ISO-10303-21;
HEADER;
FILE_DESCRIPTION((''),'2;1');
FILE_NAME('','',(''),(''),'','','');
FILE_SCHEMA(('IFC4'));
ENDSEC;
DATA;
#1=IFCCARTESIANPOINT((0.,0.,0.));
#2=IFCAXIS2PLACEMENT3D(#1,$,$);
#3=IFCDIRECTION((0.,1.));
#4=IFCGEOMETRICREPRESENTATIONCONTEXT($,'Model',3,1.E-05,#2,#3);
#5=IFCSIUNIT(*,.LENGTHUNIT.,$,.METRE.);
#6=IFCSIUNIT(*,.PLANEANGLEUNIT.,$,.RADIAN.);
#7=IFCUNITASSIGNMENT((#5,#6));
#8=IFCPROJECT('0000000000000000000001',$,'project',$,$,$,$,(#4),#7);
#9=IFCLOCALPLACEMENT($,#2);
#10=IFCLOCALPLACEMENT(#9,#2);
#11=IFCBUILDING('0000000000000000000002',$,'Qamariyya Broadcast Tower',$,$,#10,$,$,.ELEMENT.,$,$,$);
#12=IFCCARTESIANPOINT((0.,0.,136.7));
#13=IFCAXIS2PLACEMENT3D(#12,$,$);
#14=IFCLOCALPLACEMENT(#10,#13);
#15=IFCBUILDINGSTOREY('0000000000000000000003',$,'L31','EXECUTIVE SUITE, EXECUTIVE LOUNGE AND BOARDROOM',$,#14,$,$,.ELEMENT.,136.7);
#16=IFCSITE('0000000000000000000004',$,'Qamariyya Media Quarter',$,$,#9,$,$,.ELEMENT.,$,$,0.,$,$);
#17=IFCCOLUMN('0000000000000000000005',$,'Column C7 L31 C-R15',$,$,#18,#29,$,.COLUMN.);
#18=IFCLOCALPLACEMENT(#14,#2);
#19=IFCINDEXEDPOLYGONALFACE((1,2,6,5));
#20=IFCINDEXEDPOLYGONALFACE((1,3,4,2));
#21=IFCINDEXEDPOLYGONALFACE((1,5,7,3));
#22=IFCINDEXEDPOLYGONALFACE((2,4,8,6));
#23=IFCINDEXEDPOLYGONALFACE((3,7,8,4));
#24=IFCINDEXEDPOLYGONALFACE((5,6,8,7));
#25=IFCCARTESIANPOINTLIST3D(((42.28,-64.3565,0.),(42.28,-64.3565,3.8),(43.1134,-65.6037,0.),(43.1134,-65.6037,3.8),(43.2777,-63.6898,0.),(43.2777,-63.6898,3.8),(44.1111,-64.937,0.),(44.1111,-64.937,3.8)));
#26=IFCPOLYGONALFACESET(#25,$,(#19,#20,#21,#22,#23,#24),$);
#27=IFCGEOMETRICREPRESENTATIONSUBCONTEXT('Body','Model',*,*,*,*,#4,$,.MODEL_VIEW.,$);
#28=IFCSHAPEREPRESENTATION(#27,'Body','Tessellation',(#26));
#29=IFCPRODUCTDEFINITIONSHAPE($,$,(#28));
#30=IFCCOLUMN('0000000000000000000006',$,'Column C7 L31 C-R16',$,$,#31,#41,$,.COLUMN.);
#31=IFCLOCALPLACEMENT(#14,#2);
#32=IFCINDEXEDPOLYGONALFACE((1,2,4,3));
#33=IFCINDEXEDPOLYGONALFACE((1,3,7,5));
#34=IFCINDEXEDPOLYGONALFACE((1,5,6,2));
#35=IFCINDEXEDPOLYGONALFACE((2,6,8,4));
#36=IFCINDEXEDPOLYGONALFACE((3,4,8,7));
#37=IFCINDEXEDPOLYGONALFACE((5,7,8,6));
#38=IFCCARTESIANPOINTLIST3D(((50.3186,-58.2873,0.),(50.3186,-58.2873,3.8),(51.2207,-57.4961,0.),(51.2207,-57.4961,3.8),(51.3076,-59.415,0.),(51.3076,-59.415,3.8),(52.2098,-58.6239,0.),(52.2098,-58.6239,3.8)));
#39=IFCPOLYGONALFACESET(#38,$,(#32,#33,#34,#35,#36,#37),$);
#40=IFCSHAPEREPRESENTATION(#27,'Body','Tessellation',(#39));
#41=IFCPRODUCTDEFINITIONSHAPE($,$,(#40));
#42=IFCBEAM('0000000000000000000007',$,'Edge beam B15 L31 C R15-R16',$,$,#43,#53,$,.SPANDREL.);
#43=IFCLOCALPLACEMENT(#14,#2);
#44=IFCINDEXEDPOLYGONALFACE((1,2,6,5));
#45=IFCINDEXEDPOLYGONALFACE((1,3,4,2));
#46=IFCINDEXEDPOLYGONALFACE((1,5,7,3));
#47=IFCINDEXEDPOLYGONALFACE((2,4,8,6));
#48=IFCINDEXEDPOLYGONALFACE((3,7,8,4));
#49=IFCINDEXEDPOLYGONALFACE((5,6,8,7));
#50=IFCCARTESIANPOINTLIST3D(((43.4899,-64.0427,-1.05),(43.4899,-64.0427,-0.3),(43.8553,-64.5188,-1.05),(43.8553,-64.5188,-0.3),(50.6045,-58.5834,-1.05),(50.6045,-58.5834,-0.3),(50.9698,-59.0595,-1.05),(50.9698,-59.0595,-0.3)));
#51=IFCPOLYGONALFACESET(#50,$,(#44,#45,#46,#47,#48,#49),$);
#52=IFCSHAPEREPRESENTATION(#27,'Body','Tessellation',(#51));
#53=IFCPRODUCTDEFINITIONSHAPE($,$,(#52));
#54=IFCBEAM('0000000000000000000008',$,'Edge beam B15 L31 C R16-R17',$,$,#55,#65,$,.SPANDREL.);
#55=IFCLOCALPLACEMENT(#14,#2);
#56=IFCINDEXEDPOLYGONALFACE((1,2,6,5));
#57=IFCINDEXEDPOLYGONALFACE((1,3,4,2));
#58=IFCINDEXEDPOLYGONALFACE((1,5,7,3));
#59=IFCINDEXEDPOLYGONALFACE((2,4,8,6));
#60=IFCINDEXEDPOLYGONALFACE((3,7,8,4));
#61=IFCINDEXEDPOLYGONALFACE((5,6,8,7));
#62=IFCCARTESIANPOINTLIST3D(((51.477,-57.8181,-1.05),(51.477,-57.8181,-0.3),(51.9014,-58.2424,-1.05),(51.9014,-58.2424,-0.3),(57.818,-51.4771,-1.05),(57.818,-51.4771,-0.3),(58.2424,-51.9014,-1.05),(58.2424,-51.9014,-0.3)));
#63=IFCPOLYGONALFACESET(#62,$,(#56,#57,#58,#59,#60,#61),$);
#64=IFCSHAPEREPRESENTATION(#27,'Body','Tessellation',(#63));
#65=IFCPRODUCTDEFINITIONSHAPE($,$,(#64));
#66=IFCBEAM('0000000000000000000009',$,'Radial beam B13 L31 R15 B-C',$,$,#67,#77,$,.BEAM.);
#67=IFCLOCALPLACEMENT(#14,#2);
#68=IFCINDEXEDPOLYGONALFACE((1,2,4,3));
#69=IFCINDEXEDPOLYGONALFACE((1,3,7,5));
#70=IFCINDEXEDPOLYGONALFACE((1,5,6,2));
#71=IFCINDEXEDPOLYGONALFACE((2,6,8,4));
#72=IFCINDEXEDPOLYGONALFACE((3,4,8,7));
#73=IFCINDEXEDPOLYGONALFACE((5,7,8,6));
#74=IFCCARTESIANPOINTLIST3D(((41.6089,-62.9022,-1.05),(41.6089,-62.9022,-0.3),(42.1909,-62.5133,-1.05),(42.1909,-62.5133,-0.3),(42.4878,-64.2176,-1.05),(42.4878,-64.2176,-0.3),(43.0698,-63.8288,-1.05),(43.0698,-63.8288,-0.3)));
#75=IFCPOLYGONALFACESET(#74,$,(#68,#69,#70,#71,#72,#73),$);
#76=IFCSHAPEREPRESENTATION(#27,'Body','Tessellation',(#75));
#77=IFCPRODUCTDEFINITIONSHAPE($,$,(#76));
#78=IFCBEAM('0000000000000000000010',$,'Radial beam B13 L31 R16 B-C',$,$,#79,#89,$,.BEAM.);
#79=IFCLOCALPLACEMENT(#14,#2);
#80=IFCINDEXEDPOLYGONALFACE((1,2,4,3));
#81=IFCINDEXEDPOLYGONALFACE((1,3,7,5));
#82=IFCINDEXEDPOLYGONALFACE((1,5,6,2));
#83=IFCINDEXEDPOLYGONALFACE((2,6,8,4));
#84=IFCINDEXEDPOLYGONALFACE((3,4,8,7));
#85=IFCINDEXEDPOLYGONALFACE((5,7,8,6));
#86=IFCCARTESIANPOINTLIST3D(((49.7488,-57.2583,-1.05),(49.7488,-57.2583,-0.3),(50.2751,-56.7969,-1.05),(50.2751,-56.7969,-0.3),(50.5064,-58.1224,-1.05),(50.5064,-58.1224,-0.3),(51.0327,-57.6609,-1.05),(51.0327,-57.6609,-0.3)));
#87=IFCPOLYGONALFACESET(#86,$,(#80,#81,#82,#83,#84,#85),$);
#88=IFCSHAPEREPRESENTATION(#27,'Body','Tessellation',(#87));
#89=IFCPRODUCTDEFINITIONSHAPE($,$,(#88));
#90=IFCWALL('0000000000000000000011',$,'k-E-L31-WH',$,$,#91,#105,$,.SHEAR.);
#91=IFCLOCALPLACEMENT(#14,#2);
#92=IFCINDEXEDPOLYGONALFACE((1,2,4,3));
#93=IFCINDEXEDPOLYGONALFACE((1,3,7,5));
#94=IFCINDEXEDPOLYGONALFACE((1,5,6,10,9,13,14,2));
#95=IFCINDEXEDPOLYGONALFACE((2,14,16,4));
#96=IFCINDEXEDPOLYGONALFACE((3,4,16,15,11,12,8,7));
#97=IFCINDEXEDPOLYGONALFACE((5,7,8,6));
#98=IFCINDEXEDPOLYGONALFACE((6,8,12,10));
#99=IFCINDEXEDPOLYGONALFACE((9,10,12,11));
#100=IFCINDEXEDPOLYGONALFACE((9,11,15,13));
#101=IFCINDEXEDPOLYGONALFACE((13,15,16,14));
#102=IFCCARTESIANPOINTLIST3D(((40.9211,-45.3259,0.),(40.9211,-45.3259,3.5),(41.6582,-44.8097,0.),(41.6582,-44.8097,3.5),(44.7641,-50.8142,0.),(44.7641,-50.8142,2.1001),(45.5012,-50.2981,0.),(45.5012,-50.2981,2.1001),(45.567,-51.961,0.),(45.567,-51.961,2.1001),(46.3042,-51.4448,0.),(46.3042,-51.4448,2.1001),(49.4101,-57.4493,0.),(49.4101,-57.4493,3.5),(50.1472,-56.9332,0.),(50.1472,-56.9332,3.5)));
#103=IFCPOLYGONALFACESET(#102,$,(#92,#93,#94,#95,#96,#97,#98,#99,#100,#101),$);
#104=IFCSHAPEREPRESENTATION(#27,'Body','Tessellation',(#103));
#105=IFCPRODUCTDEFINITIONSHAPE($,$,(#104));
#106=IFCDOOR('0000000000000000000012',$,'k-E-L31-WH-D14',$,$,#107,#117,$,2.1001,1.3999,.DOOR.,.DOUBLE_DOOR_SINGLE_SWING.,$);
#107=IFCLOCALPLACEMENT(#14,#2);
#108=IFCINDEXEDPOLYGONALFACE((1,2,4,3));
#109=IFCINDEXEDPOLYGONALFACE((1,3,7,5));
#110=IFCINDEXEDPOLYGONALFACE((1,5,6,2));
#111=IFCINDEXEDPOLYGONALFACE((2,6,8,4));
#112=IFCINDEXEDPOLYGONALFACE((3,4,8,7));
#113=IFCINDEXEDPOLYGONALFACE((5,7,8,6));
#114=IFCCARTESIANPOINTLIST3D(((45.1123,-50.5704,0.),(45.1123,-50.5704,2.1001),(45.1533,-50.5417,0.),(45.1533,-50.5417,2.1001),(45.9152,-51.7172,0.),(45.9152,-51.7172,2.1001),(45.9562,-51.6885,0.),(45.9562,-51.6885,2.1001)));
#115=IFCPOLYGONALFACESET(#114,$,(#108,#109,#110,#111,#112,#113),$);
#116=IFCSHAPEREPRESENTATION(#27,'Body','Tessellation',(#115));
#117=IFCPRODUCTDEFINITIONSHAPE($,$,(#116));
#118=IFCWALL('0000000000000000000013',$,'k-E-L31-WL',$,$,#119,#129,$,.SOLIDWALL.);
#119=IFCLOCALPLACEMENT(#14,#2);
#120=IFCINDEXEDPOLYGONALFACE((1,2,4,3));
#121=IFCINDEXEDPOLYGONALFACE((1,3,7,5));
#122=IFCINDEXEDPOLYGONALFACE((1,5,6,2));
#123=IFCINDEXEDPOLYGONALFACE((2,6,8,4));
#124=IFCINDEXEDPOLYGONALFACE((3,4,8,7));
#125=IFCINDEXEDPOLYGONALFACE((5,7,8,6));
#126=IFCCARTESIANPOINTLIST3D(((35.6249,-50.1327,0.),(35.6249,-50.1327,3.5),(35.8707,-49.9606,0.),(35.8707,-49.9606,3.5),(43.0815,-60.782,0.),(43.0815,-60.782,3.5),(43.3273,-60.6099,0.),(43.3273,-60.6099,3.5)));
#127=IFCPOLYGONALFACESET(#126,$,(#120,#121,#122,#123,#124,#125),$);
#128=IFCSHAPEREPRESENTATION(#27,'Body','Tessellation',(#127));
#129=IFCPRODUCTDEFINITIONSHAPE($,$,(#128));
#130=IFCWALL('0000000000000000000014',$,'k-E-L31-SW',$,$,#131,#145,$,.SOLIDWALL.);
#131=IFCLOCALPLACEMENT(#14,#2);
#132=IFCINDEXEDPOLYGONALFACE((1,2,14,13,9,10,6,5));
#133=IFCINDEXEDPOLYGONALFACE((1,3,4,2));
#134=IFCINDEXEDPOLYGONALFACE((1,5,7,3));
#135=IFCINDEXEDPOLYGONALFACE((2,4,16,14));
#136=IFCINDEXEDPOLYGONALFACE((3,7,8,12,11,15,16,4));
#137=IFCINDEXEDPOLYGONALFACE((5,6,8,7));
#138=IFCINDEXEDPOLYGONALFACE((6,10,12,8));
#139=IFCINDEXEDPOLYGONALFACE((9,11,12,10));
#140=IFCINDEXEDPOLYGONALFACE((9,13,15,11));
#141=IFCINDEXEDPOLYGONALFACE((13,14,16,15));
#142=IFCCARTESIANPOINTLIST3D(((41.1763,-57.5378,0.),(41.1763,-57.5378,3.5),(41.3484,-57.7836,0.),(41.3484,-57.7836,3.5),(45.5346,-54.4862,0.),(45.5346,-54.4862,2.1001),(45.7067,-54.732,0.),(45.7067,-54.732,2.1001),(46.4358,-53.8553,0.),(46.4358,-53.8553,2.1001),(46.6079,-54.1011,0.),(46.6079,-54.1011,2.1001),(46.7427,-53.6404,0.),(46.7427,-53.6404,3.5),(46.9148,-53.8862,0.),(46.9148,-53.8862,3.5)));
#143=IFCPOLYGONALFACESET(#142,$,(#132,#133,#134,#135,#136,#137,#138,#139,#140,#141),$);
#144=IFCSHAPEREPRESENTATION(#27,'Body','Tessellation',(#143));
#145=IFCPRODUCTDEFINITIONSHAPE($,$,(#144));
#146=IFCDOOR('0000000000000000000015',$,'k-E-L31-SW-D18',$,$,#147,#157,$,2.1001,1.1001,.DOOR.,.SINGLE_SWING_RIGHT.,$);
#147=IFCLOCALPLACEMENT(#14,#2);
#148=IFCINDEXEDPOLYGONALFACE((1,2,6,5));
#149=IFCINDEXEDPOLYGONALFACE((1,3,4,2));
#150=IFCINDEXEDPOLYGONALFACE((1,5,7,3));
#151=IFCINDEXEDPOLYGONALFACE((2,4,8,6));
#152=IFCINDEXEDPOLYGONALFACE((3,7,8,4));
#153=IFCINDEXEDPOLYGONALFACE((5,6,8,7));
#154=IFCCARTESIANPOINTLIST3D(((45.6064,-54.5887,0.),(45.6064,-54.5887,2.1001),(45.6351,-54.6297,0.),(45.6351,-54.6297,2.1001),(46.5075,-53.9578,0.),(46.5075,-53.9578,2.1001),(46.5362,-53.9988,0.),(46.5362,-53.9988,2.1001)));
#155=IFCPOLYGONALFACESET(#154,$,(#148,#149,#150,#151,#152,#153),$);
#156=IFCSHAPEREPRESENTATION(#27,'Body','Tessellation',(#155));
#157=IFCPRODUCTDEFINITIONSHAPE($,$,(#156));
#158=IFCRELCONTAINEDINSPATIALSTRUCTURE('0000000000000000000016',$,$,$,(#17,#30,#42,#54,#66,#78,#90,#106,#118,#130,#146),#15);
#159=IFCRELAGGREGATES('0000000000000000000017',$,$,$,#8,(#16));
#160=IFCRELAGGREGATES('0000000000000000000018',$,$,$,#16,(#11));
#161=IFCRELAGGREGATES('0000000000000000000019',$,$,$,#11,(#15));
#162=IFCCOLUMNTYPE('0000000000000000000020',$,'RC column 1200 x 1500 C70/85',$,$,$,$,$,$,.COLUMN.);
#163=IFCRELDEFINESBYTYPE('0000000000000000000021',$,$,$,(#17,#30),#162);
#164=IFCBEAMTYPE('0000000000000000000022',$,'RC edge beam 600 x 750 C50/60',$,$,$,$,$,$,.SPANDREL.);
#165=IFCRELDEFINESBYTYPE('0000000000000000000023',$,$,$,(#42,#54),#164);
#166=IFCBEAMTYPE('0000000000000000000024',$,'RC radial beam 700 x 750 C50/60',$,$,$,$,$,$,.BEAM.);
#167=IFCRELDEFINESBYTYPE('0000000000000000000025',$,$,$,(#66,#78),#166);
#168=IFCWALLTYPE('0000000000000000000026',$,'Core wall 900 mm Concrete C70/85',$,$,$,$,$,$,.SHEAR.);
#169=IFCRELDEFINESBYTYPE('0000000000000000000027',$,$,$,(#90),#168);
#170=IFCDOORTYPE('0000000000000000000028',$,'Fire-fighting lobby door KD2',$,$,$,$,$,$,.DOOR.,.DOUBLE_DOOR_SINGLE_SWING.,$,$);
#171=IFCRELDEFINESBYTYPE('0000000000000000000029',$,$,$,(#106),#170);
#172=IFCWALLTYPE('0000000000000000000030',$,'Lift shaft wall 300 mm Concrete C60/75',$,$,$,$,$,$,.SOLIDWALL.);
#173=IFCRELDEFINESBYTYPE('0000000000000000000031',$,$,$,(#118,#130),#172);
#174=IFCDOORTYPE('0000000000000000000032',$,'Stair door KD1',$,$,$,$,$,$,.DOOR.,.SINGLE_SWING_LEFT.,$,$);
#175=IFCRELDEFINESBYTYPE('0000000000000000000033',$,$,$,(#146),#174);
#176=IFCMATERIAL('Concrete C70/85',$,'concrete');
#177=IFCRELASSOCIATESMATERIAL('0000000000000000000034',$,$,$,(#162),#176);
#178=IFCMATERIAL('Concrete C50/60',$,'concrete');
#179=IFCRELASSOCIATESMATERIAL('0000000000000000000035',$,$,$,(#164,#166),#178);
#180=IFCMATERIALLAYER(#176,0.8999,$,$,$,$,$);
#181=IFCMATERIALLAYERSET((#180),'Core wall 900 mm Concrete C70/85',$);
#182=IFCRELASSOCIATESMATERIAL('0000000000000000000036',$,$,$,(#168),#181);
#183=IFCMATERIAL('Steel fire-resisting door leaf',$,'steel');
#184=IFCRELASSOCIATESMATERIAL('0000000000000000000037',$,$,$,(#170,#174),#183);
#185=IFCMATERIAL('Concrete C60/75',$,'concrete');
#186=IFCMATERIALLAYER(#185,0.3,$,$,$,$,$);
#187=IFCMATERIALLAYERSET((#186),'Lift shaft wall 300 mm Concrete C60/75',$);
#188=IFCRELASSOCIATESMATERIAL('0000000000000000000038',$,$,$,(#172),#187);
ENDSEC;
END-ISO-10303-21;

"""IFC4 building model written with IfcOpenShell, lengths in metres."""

from ifc_helpers import new_model, si_unit, direction, frame, frame_2d, origin, origin_2d, place, context, subcontext, project, spatial, rectangle, extrude, material, layer, layer_set, material_profile, profile_set, type_object, element, fill, save


model = new_model("IFC4")

# Units and contexts
model_context = context("Model", 3, precision=1e-05, world=origin(), true_north=direction((0.0, 1.0)))
body_context = subcontext(model_context, "Body", "Model", "MODEL_VIEW")
ifc_project = project(units=[si_unit("LENGTHUNIT", "METRE"), si_unit("PLANEANGLEUNIT", "RADIAN")], contexts=[model_context])

# Site, building, storey
site_placement = place(None, origin())
site = spatial("IfcSite", under=ifc_project, at=site_placement, Name="Qamariyya Media Quarter", CompositionType="ELEMENT", RefElevation=0.0)
building_placement = place(site_placement, origin())
building = spatial("IfcBuilding", under=site, at=building_placement, Name="Qamariyya Broadcast Tower", CompositionType="ELEMENT")
storey_placement = place(building_placement, frame((0.0, 0.0, 136.7)))
storey = spatial("IfcBuildingStorey", under=building, at=storey_placement, Name="L31", Description="EXECUTIVE SUITE, EXECUTIVE LOUNGE AND BOARDROOM", CompositionType="ELEMENT", Elevation=136.7)

# Columns
ifc_material_1 = material(Name="Concrete C70/85", Category="concrete")
ifc_material_profile_1 = material_profile(ifc_material_1, rectangle(XDim=1.2, YDim=1.5, at=origin_2d()))
ifc_profile_set_1 = profile_set([ifc_material_profile_1], Name="Concrete C70/85")
column_type = type_object("IfcColumnType", Name="RC column 1200 x 1500 C70/85", PredefinedType="COLUMN", material=ifc_profile_set_1)
for number, where, z_axis, x_axis, name in (
    (1, (43.1956, -64.6467, 0.0), (0.0, 0.0, 1.0), (0.83147, 0.55557, 0.0), "Column C7 L31 C-R15"),
    (2, (51.2642, -58.4556, 0.0), (0.0, 0.0, 1.0), (0.75184, 0.659346, 0.0), "Column C7 L31 C-R16"),
):
    element("IfcColumn", number, at=place(storey_placement, frame(where, z_axis=z_axis, x_axis=x_axis)), inside=storey, type_object=column_type, Name=name, PredefinedType="COLUMN", context=body_context, shape_type="SweptSolid", body=[
        extrude(rectangle(XDim=1.2, YDim=1.5, at=origin_2d()), origin(), (0.0, 0.0, 1.0), 3.8),
    ])

# Beams
ifc_material_2 = material(Name="Concrete C50/60", Category="concrete")
ifc_material_profile_2 = material_profile(ifc_material_2, rectangle(XDim=0.6001, YDim=0.75, at=origin_2d()))
ifc_profile_set_2 = profile_set([ifc_material_profile_2], Name="Concrete C50/60")
beam_type_1 = type_object("IfcBeamType", Name="RC edge beam 600 x 750 C50/60", PredefinedType="SPANDREL", material=ifc_profile_set_2)
beam_1_placement = place(storey_placement, frame((43.6726, -64.2808, -0.675), z_axis=(0.793349, 0.608767, 0.0), x_axis=(-0.608767, 0.793349, 0.0)))
element("IfcBeam", 3, at=beam_1_placement, inside=storey, type_object=beam_type_1, Name="Edge beam B15 L31 C R15-R16", PredefinedType="SPANDREL", context=body_context, shape_type="SweptSolid", body=[
    extrude(rectangle(XDim=0.6001, YDim=0.75, at=origin_2d()), origin(), (0.0, 0.0, 1.0), 8.9678),
])
beam_2_placement = place(storey_placement, frame((51.6892, -58.0303, -0.675), z_axis=(0.707107, 0.707107, 0.0), x_axis=(-0.707107, 0.707107, 0.0)))
element("IfcBeam", 4, at=beam_2_placement, inside=storey, type_object=beam_type_1, Name="Edge beam B15 L31 C R16-R17", PredefinedType="SPANDREL", context=body_context, shape_type="SweptSolid", body=[
    extrude(rectangle(XDim=0.6001, YDim=0.75, at=origin_2d()), origin(), (0.0, 0.0, 1.0), 8.9675),
])
ifc_material_profile_3 = material_profile(ifc_material_2, rectangle(XDim=0.7, YDim=0.75, at=origin_2d()))
ifc_profile_set_3 = profile_set([ifc_material_profile_3], Name="Concrete C50/60")
beam_type_2 = type_object("IfcBeamType", Name="RC radial beam 700 x 750 C50/60", PredefinedType="BEAM", material=ifc_profile_set_3)
beam_3_placement = place(storey_placement, frame((41.8999, -62.7078, -0.675), z_axis=(0.555555, -0.83148, 0.0), x_axis=(0.83148, 0.555555, 0.0)))
element("IfcBeam", 5, at=beam_3_placement, inside=storey, type_object=beam_type_2, Name="Radial beam B13 L31 R15 B-C", PredefinedType="BEAM", context=body_context, shape_type="SweptSolid", body=[
    extrude(rectangle(XDim=0.7, YDim=0.75, at=origin_2d()), origin(), (0.0, 0.0, 1.0), 1.582),
])
beam_4_placement = place(storey_placement, frame((50.012, -57.0276, -0.675), z_axis=(0.659271, -0.751905, 0.0), x_axis=(0.751905, 0.659271, 0.0)))
element("IfcBeam", 6, at=beam_4_placement, inside=storey, type_object=beam_type_2, Name="Radial beam B13 L31 R16 B-C", PredefinedType="BEAM", context=body_context, shape_type="SweptSolid", body=[
    extrude(rectangle(XDim=0.7, YDim=0.75, at=origin_2d()), origin(), (0.0, 0.0, 1.0), 1.1492),
])

# Wall, opening, door
ifc_layer_1 = layer(ifc_material_1, 0.8999)
ifc_layer_set_1 = layer_set([ifc_layer_1], Name="Core wall 900 mm Concrete C70/85")
wall_type_1 = type_object("IfcWallType", Name="Core wall 900 mm Concrete C70/85", PredefinedType="SHEAR", material=ifc_layer_set_1)
wall_1_placement = place(storey_placement, frame((49.7786, -57.1912, 0.0), z_axis=(0.0, 0.0, 1.0), x_axis=(-0.573577, 0.819151, 0.0)))
wall_1 = element("IfcWall", 7, at=wall_1_placement, inside=storey, type_object=wall_type_1, Name="k-E-L31-WH", PredefinedType="SHEAR", context=body_context, shape_type="SweptSolid", body=[
    extrude(rectangle(XDim=14.8, YDim=0.8999, at=frame_2d((7.3999, 0.0))), origin(), (0.0, 0.0, 1.0), 3.5),
])
opening_1_placement = place(wall_1_placement, frame((6.7, 0.0, 0.0)))
opening_1 = element("IfcOpeningElement", 8, at=opening_1_placement, cuts=wall_1, PredefinedType="OPENING", context=body_context, shape_type="SweptSolid", body=[
    extrude(rectangle(XDim=1.3999, YDim=2.1001, at=frame_2d((0.7, 1.05))), frame((0.0, 0.46, 0.0), z_axis=(0.0, -1.0, 0.0), x_axis=(1.0, 0.0, 0.0)), (0.0, 0.0, 1.0), 0.9199),
])
ifc_material_3 = material(Name="Steel fire-resisting door leaf", Category="steel")
door_type_1 = type_object("IfcDoorType", Name="Fire-fighting lobby door KD2", OperationType="DOUBLE_DOOR_SINGLE_SWING", PredefinedType="DOOR", material=ifc_material_3)
door_1_placement = place(opening_1_placement, origin())
door_1 = element("IfcDoor", 9, at=door_1_placement, inside=storey, type_object=door_type_1, Name="k-E-L31-WH-D14", OperationType="DOUBLE_DOOR_SINGLE_SWING", OverallHeight=2.1001, OverallWidth=1.3999, PredefinedType="DOOR", context=body_context, shape_type="SweptSolid", body=[
    extrude(rectangle(XDim=1.3999, YDim=2.1001, at=frame_2d((0.7, 1.05))), frame((0.0, 0.0249, 0.0), z_axis=(0.0, -1.0, 0.0), x_axis=(1.0, 0.0, 0.0)), (0.0, 0.0, 1.0), 0.05),
])
fill(opening_1, door_1)

# Wall
ifc_material_4 = material(Name="Concrete C60/75", Category="concrete")
ifc_layer_2 = layer(ifc_material_4, 0.3)
ifc_layer_set_2 = layer_set([ifc_layer_2], Name="Lift shaft wall 300 mm Concrete C60/75")
wall_type_2 = type_object("IfcWallType", Name="Lift shaft wall 300 mm Concrete C60/75", PredefinedType="SOLIDWALL", material=ifc_layer_set_2)
wall_2_placement = place(storey_placement, frame((43.2043, -60.6958, 0.0), z_axis=(0.0, 0.0, 1.0), x_axis=(-0.573572, 0.819155, 0.0)))
element("IfcWall", 10, at=wall_2_placement, inside=storey, type_object=wall_type_2, Name="k-E-L31-WL", PredefinedType="SOLIDWALL", context=body_context, shape_type="SweptSolid", body=[
    extrude(rectangle(XDim=13.0002, YDim=0.3, at=frame_2d((6.5, 0.0))), origin(), (0.0, 0.0, 1.0), 3.5),
])

# Wall, opening, door
wall_3_placement = place(storey_placement, frame((41.2625, -57.6606, 0.0), z_axis=(0.0, 0.0, 1.0), x_axis=(0.819164, 0.573559, 0.0)))
wall_3 = element("IfcWall", 11, at=wall_3_placement, inside=storey, type_object=wall_type_2, Name="k-E-L31-SW", PredefinedType="SOLIDWALL", context=body_context, shape_type="SweptSolid", body=[
    extrude(rectangle(XDim=6.7952, YDim=0.3, at=frame_2d((3.3975, 0.0))), origin(), (0.0, 0.0, 1.0), 3.5),
])
opening_2_placement = place(wall_3_placement, frame((5.3203, 0.0, 0.0)))
opening_2 = element("IfcOpeningElement", 12, at=opening_2_placement, cuts=wall_3, PredefinedType="OPENING", context=body_context, shape_type="SweptSolid", body=[
    extrude(rectangle(XDim=1.1001, YDim=2.1001, at=frame_2d((0.55, 1.05))), frame((0.0, 0.1599, 0.0), z_axis=(0.0, -1.0, 0.0), x_axis=(1.0, 0.0, 0.0)), (0.0, 0.0, 1.0), 0.3201),
])
door_type_2 = type_object("IfcDoorType", Name="Stair door KD1", OperationType="SINGLE_SWING_LEFT", PredefinedType="DOOR", material=ifc_material_3)
door_2_placement = place(opening_2_placement, origin())
door_2 = element("IfcDoor", 13, at=door_2_placement, inside=storey, type_object=door_type_2, Name="k-E-L31-SW-D18", OperationType="SINGLE_SWING_RIGHT", OverallHeight=2.1001, OverallWidth=1.1001, PredefinedType="DOOR", context=body_context, shape_type="SweptSolid", body=[
    extrude(rectangle(XDim=1.1001, YDim=2.1001, at=frame_2d((0.55, 1.05))), frame((0.0, 0.0249, 0.0), z_axis=(0.0, -1.0, 0.0), x_axis=(1.0, 0.0, 0.0)), (0.0, 0.0, 1.0), 0.05),
])
fill(opening_2, door_2)

save(model, "model.ifc")
